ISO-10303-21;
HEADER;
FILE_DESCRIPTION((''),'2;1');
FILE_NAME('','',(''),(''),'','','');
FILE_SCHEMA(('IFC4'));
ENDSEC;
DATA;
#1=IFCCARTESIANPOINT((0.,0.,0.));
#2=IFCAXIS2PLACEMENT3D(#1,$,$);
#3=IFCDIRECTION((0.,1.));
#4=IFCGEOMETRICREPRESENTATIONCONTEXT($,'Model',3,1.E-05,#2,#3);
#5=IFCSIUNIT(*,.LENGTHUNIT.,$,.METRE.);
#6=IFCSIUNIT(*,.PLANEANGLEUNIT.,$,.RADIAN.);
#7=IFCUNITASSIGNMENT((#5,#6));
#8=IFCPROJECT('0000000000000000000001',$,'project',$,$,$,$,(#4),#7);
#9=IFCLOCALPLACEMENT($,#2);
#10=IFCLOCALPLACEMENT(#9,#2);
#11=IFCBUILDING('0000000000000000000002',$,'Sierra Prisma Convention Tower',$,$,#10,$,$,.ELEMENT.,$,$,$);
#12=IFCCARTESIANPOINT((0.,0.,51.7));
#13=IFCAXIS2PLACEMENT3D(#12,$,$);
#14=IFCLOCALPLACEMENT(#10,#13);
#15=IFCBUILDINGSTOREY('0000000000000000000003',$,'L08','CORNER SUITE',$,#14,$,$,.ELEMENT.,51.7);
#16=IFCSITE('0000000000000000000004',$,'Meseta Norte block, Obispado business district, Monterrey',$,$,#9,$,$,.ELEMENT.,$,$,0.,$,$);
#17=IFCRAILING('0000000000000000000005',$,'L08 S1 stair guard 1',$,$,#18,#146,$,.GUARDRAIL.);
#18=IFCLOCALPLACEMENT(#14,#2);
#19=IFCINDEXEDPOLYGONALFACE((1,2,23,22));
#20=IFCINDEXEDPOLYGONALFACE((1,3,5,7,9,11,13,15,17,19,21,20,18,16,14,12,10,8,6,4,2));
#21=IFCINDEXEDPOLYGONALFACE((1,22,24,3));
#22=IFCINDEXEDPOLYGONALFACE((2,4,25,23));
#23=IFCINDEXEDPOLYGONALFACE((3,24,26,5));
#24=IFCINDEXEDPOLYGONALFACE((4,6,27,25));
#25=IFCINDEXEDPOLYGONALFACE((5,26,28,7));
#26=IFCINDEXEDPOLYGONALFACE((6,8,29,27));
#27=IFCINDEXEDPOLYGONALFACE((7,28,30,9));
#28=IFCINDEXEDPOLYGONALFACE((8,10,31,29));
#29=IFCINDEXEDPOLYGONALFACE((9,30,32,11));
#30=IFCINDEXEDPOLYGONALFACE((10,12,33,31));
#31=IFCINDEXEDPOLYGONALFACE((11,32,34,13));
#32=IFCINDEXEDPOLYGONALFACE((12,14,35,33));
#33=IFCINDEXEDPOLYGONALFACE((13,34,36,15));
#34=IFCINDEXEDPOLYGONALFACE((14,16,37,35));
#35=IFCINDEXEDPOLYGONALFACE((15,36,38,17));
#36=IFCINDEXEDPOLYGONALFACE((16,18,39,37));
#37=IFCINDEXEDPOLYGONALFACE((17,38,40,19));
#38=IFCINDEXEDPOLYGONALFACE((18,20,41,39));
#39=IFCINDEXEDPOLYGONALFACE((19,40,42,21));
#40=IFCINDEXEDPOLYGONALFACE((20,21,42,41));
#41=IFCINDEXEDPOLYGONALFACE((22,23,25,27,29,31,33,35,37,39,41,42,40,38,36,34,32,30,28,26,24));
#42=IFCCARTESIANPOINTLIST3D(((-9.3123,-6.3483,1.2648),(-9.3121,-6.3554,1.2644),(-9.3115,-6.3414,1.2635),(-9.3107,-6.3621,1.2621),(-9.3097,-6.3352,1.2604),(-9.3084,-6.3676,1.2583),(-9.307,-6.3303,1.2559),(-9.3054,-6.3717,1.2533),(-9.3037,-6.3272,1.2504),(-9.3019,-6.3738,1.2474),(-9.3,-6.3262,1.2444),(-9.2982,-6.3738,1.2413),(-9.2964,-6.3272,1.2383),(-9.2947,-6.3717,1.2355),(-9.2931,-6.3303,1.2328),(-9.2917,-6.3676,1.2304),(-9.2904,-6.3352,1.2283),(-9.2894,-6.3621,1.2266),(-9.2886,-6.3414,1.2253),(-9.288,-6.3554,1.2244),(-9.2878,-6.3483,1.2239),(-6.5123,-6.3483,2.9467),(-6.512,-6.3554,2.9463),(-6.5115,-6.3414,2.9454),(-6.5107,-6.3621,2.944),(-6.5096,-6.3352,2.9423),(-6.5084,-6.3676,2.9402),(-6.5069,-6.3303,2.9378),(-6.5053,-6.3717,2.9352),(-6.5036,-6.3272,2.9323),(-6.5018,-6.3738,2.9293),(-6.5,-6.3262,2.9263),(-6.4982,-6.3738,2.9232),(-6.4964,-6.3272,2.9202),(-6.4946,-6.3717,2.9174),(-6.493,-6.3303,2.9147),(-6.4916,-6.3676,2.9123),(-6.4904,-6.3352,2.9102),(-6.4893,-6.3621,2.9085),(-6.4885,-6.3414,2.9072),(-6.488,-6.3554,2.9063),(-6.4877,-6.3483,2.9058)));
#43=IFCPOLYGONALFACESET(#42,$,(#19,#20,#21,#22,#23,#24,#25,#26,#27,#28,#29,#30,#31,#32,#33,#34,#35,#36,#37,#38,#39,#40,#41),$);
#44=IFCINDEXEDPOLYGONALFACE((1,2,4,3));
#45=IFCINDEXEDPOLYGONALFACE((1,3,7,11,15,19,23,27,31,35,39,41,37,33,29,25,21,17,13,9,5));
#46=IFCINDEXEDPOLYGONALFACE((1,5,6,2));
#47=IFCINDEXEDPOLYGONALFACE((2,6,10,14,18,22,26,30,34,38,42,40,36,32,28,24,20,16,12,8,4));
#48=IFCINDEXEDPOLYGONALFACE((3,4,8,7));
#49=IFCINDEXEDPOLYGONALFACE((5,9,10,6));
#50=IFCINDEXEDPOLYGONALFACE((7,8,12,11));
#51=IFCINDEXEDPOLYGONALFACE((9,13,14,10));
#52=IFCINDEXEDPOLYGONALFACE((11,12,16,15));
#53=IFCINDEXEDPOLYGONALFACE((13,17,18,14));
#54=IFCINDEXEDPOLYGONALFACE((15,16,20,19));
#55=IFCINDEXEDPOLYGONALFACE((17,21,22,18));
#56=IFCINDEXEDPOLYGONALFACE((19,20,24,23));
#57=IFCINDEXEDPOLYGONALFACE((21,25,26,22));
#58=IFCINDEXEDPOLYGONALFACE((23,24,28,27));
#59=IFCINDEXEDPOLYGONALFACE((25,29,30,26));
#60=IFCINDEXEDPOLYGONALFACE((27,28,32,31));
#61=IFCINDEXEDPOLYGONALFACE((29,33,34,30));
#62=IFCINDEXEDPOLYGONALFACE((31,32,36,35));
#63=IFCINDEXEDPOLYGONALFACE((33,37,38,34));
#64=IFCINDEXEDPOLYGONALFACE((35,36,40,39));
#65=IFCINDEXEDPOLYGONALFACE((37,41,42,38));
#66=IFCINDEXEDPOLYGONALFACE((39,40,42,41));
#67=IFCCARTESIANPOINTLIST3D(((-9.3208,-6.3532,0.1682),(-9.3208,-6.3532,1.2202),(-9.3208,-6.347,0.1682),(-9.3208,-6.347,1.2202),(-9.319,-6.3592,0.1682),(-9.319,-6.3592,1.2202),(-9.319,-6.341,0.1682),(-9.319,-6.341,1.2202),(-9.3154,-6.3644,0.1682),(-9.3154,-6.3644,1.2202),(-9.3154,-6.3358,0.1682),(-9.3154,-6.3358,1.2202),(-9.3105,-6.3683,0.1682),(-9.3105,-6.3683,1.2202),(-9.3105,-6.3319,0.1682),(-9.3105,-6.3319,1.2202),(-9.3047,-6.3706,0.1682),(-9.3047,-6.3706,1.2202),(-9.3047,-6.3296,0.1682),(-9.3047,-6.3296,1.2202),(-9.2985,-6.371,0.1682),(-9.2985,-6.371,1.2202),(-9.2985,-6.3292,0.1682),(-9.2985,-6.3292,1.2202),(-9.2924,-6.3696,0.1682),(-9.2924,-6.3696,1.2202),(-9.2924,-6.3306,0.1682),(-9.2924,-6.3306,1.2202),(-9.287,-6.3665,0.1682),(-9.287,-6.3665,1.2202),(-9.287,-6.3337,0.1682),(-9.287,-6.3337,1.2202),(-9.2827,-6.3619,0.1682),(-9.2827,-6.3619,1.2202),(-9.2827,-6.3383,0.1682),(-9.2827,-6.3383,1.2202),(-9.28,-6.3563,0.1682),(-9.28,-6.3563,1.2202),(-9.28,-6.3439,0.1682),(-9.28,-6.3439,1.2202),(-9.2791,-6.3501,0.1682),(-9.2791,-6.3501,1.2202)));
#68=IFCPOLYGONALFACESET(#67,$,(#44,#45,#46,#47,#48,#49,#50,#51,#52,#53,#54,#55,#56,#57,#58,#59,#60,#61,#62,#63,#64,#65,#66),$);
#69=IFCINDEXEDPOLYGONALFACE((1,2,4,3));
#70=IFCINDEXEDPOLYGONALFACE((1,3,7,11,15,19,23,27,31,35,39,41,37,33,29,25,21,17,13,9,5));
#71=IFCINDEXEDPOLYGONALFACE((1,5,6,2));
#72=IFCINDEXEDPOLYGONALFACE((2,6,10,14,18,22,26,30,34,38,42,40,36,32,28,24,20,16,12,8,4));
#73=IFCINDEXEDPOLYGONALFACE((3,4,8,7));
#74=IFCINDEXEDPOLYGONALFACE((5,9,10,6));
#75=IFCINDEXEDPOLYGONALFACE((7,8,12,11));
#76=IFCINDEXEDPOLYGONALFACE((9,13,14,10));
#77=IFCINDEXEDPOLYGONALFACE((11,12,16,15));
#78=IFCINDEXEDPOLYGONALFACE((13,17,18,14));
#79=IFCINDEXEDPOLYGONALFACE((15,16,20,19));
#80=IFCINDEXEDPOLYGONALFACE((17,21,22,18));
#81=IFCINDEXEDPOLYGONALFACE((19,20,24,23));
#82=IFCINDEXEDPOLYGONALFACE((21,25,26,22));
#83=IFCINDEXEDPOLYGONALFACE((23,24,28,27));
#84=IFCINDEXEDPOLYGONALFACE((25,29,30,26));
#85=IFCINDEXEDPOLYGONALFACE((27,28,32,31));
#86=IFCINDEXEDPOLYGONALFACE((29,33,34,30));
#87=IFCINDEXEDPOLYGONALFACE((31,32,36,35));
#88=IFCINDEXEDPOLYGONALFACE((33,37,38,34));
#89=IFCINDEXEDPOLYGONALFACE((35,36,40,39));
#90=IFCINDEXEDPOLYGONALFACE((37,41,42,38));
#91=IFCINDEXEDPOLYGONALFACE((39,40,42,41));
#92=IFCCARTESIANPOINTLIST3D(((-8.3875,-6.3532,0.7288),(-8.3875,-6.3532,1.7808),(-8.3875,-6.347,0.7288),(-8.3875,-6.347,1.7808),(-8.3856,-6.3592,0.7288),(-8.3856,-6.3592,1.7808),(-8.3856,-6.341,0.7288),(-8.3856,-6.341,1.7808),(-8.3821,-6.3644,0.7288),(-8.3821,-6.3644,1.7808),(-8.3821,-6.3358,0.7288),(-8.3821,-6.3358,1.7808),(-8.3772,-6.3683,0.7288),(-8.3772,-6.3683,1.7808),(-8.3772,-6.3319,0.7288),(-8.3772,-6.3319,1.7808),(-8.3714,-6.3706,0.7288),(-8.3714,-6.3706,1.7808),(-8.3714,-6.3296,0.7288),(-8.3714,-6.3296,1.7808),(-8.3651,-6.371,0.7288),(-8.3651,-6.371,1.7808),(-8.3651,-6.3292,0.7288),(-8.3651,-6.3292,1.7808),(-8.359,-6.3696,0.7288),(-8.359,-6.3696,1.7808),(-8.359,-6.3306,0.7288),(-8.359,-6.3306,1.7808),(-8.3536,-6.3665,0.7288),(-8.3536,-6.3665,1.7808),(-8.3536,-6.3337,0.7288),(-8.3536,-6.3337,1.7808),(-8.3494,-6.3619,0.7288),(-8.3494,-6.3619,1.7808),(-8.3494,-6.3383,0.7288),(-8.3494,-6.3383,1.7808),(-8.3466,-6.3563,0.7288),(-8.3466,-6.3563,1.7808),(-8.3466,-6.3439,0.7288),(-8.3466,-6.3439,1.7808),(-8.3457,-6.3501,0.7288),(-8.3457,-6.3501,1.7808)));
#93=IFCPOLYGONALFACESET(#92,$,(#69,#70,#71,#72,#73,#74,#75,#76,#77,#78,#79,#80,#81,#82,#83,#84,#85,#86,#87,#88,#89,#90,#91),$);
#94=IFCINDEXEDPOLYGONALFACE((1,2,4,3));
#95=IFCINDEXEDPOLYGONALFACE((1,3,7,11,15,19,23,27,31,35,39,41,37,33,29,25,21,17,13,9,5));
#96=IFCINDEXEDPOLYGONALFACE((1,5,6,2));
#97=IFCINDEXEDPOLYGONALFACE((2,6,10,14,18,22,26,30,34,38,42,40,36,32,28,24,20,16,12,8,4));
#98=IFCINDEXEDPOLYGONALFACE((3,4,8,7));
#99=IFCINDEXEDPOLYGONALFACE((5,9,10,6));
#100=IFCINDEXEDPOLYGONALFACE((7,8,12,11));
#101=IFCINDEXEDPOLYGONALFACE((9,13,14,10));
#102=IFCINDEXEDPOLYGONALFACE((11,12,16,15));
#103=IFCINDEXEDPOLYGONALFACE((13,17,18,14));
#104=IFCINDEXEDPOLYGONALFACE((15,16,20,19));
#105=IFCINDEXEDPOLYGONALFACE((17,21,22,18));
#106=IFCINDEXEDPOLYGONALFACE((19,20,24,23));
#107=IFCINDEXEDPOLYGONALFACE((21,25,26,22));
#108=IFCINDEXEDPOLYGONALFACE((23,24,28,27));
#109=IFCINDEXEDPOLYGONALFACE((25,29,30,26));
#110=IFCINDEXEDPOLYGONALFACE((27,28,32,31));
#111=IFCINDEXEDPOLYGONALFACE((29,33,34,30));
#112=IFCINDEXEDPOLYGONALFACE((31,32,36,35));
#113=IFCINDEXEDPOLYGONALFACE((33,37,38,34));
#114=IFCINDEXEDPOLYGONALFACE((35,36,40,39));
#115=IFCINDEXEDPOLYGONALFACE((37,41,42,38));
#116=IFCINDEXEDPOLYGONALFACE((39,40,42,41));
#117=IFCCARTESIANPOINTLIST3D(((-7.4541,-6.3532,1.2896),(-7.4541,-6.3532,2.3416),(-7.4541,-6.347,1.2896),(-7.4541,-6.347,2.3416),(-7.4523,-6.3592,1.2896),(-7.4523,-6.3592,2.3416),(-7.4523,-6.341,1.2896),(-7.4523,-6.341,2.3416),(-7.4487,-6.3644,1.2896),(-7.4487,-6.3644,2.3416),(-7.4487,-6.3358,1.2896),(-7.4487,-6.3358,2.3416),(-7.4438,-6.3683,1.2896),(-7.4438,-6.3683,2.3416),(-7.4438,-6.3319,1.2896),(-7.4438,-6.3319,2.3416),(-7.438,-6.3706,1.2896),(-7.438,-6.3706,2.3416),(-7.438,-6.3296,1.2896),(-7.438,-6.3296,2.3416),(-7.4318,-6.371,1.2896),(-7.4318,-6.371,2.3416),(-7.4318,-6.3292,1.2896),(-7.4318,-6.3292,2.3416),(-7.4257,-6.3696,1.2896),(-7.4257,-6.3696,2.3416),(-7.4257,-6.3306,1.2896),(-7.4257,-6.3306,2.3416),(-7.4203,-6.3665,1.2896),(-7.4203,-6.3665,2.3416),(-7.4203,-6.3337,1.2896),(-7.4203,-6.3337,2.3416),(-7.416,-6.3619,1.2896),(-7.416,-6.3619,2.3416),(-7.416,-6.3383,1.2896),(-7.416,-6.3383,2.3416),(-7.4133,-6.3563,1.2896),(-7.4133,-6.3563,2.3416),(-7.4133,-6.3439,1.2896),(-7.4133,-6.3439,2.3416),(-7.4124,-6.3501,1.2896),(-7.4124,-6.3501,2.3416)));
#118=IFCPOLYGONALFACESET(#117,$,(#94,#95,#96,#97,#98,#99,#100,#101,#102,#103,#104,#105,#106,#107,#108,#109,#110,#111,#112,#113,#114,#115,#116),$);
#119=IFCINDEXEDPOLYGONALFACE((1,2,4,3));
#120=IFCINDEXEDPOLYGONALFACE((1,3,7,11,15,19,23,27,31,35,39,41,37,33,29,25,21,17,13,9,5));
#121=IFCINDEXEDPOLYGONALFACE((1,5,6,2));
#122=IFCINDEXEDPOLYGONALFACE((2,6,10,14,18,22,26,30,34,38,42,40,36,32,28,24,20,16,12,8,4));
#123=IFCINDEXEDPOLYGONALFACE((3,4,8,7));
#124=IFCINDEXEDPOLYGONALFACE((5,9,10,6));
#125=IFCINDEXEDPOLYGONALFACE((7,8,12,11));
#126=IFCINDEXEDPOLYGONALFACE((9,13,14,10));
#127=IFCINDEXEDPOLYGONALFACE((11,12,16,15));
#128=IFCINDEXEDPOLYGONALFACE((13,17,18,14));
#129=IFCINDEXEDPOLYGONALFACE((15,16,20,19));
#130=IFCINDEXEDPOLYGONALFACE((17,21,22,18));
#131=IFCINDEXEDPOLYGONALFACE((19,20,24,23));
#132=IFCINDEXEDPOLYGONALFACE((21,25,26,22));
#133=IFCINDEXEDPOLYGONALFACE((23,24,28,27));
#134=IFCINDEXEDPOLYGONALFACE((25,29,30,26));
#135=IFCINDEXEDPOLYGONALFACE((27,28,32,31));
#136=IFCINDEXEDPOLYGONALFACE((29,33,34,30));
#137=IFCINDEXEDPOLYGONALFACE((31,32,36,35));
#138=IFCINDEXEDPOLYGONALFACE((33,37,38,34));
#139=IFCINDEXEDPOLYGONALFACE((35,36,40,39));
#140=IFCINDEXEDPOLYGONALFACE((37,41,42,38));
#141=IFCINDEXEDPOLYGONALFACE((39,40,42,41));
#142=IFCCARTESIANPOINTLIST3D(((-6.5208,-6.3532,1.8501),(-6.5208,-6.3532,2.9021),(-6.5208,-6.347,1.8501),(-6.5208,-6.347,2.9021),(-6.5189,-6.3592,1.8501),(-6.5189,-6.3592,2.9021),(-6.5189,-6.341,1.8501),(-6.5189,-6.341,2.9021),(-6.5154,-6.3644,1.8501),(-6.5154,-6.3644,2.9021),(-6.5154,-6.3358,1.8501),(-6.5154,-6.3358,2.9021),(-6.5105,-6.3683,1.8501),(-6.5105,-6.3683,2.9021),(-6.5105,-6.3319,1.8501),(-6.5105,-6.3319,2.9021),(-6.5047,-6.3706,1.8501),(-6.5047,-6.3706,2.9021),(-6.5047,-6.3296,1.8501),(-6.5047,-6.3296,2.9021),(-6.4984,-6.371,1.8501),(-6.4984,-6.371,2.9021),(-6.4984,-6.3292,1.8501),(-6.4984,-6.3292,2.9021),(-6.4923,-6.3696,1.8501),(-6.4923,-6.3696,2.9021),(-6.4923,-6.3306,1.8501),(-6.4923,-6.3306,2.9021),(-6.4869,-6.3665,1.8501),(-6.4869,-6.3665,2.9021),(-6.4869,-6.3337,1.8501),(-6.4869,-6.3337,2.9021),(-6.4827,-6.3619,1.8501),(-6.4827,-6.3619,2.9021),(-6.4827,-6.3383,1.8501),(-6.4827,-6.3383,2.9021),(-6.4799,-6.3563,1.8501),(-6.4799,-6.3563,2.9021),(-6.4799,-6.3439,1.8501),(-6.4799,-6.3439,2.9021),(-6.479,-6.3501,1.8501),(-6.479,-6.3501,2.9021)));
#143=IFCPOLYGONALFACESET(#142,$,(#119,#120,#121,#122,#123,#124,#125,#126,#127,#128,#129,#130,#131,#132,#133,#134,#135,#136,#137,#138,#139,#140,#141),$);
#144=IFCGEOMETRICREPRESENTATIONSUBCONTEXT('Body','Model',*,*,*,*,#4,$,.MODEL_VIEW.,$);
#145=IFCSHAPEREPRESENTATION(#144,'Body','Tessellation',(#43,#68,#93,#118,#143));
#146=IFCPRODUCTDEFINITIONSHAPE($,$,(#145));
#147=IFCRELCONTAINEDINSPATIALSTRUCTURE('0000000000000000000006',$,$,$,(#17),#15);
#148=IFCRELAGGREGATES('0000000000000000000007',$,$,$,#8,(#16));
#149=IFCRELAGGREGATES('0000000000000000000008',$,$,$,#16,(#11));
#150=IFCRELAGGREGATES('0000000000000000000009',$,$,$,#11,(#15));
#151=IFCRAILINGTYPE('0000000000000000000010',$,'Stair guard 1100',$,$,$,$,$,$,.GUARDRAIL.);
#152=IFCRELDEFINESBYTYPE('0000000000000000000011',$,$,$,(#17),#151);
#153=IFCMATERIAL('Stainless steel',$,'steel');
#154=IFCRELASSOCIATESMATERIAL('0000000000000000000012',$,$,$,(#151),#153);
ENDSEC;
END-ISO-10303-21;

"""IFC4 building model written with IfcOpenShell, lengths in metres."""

from ifc_helpers import new_model, si_unit, direction, frame, origin, origin_2d, place, context, subcontext, project, spatial, circle, extrude, material, type_object, element, save


model = new_model("IFC4")

# Units and contexts
model_context = context("Model", 3, precision=1e-05, world=origin(), true_north=direction((0.0, 1.0)))
body_context = subcontext(model_context, "Body", "Model", "MODEL_VIEW")
ifc_project = project(units=[si_unit("LENGTHUNIT", "METRE"), si_unit("PLANEANGLEUNIT", "RADIAN")], contexts=[model_context])

# Site, building, storey
site_placement = place(None, origin())
site = spatial("IfcSite", under=ifc_project, at=site_placement, Name="Meseta Norte block, Obispado business district, Monterrey", CompositionType="ELEMENT", RefElevation=0.0)
building_placement = place(site_placement, origin())
building = spatial("IfcBuilding", under=site, at=building_placement, Name="Sierra Prisma Convention Tower", CompositionType="ELEMENT")
storey_placement = place(building_placement, frame((0.0, 0.0, 51.7)))
storey = spatial("IfcBuildingStorey", under=building, at=storey_placement, Name="L08", Description="CORNER SUITE", CompositionType="ELEMENT", Elevation=51.7)

# Railing
ifc_material_1 = material(Name="Stainless steel", Category="steel")
railing_type_1 = type_object("IfcRailingType", Name="Stair guard 1100", PredefinedType="GUARDRAIL", material=ifc_material_1)
railing_1_placement = place(storey_placement, frame((-9.3, -6.3501, 0.1682)))
element("IfcRailing", 1, at=railing_1_placement, inside=storey, type_object=railing_type_1, Name="L08 S1 stair guard 1", PredefinedType="GUARDRAIL", context=body_context, shape_type="SweptSolid", body=[
    extrude(circle(Radius=0.0239, at=origin_2d()), frame((0.0, 0.0, 1.0762), z_axis=(0.857242, 0.0, 0.514913), x_axis=(0.0, 1.0, 0.0)), (0.0, 0.0, 1.0), 3.2664),
    extrude(circle(Radius=0.021, at=origin_2d()), origin(), (0.0, 0.0, 1.0), 1.052),
    extrude(circle(Radius=0.021, at=origin_2d()), frame((0.9333, 0.0, 0.5605)), (0.0, 0.0, 1.0), 1.052),
    extrude(circle(Radius=0.021, at=origin_2d()), frame((1.8667, 0.0, 1.1213)), (0.0, 0.0, 1.0), 1.052),
    extrude(circle(Radius=0.021, at=origin_2d()), frame((2.8, 0.0, 1.6819)), (0.0, 0.0, 1.0), 1.052),
])

save(model, "model.ifc")
